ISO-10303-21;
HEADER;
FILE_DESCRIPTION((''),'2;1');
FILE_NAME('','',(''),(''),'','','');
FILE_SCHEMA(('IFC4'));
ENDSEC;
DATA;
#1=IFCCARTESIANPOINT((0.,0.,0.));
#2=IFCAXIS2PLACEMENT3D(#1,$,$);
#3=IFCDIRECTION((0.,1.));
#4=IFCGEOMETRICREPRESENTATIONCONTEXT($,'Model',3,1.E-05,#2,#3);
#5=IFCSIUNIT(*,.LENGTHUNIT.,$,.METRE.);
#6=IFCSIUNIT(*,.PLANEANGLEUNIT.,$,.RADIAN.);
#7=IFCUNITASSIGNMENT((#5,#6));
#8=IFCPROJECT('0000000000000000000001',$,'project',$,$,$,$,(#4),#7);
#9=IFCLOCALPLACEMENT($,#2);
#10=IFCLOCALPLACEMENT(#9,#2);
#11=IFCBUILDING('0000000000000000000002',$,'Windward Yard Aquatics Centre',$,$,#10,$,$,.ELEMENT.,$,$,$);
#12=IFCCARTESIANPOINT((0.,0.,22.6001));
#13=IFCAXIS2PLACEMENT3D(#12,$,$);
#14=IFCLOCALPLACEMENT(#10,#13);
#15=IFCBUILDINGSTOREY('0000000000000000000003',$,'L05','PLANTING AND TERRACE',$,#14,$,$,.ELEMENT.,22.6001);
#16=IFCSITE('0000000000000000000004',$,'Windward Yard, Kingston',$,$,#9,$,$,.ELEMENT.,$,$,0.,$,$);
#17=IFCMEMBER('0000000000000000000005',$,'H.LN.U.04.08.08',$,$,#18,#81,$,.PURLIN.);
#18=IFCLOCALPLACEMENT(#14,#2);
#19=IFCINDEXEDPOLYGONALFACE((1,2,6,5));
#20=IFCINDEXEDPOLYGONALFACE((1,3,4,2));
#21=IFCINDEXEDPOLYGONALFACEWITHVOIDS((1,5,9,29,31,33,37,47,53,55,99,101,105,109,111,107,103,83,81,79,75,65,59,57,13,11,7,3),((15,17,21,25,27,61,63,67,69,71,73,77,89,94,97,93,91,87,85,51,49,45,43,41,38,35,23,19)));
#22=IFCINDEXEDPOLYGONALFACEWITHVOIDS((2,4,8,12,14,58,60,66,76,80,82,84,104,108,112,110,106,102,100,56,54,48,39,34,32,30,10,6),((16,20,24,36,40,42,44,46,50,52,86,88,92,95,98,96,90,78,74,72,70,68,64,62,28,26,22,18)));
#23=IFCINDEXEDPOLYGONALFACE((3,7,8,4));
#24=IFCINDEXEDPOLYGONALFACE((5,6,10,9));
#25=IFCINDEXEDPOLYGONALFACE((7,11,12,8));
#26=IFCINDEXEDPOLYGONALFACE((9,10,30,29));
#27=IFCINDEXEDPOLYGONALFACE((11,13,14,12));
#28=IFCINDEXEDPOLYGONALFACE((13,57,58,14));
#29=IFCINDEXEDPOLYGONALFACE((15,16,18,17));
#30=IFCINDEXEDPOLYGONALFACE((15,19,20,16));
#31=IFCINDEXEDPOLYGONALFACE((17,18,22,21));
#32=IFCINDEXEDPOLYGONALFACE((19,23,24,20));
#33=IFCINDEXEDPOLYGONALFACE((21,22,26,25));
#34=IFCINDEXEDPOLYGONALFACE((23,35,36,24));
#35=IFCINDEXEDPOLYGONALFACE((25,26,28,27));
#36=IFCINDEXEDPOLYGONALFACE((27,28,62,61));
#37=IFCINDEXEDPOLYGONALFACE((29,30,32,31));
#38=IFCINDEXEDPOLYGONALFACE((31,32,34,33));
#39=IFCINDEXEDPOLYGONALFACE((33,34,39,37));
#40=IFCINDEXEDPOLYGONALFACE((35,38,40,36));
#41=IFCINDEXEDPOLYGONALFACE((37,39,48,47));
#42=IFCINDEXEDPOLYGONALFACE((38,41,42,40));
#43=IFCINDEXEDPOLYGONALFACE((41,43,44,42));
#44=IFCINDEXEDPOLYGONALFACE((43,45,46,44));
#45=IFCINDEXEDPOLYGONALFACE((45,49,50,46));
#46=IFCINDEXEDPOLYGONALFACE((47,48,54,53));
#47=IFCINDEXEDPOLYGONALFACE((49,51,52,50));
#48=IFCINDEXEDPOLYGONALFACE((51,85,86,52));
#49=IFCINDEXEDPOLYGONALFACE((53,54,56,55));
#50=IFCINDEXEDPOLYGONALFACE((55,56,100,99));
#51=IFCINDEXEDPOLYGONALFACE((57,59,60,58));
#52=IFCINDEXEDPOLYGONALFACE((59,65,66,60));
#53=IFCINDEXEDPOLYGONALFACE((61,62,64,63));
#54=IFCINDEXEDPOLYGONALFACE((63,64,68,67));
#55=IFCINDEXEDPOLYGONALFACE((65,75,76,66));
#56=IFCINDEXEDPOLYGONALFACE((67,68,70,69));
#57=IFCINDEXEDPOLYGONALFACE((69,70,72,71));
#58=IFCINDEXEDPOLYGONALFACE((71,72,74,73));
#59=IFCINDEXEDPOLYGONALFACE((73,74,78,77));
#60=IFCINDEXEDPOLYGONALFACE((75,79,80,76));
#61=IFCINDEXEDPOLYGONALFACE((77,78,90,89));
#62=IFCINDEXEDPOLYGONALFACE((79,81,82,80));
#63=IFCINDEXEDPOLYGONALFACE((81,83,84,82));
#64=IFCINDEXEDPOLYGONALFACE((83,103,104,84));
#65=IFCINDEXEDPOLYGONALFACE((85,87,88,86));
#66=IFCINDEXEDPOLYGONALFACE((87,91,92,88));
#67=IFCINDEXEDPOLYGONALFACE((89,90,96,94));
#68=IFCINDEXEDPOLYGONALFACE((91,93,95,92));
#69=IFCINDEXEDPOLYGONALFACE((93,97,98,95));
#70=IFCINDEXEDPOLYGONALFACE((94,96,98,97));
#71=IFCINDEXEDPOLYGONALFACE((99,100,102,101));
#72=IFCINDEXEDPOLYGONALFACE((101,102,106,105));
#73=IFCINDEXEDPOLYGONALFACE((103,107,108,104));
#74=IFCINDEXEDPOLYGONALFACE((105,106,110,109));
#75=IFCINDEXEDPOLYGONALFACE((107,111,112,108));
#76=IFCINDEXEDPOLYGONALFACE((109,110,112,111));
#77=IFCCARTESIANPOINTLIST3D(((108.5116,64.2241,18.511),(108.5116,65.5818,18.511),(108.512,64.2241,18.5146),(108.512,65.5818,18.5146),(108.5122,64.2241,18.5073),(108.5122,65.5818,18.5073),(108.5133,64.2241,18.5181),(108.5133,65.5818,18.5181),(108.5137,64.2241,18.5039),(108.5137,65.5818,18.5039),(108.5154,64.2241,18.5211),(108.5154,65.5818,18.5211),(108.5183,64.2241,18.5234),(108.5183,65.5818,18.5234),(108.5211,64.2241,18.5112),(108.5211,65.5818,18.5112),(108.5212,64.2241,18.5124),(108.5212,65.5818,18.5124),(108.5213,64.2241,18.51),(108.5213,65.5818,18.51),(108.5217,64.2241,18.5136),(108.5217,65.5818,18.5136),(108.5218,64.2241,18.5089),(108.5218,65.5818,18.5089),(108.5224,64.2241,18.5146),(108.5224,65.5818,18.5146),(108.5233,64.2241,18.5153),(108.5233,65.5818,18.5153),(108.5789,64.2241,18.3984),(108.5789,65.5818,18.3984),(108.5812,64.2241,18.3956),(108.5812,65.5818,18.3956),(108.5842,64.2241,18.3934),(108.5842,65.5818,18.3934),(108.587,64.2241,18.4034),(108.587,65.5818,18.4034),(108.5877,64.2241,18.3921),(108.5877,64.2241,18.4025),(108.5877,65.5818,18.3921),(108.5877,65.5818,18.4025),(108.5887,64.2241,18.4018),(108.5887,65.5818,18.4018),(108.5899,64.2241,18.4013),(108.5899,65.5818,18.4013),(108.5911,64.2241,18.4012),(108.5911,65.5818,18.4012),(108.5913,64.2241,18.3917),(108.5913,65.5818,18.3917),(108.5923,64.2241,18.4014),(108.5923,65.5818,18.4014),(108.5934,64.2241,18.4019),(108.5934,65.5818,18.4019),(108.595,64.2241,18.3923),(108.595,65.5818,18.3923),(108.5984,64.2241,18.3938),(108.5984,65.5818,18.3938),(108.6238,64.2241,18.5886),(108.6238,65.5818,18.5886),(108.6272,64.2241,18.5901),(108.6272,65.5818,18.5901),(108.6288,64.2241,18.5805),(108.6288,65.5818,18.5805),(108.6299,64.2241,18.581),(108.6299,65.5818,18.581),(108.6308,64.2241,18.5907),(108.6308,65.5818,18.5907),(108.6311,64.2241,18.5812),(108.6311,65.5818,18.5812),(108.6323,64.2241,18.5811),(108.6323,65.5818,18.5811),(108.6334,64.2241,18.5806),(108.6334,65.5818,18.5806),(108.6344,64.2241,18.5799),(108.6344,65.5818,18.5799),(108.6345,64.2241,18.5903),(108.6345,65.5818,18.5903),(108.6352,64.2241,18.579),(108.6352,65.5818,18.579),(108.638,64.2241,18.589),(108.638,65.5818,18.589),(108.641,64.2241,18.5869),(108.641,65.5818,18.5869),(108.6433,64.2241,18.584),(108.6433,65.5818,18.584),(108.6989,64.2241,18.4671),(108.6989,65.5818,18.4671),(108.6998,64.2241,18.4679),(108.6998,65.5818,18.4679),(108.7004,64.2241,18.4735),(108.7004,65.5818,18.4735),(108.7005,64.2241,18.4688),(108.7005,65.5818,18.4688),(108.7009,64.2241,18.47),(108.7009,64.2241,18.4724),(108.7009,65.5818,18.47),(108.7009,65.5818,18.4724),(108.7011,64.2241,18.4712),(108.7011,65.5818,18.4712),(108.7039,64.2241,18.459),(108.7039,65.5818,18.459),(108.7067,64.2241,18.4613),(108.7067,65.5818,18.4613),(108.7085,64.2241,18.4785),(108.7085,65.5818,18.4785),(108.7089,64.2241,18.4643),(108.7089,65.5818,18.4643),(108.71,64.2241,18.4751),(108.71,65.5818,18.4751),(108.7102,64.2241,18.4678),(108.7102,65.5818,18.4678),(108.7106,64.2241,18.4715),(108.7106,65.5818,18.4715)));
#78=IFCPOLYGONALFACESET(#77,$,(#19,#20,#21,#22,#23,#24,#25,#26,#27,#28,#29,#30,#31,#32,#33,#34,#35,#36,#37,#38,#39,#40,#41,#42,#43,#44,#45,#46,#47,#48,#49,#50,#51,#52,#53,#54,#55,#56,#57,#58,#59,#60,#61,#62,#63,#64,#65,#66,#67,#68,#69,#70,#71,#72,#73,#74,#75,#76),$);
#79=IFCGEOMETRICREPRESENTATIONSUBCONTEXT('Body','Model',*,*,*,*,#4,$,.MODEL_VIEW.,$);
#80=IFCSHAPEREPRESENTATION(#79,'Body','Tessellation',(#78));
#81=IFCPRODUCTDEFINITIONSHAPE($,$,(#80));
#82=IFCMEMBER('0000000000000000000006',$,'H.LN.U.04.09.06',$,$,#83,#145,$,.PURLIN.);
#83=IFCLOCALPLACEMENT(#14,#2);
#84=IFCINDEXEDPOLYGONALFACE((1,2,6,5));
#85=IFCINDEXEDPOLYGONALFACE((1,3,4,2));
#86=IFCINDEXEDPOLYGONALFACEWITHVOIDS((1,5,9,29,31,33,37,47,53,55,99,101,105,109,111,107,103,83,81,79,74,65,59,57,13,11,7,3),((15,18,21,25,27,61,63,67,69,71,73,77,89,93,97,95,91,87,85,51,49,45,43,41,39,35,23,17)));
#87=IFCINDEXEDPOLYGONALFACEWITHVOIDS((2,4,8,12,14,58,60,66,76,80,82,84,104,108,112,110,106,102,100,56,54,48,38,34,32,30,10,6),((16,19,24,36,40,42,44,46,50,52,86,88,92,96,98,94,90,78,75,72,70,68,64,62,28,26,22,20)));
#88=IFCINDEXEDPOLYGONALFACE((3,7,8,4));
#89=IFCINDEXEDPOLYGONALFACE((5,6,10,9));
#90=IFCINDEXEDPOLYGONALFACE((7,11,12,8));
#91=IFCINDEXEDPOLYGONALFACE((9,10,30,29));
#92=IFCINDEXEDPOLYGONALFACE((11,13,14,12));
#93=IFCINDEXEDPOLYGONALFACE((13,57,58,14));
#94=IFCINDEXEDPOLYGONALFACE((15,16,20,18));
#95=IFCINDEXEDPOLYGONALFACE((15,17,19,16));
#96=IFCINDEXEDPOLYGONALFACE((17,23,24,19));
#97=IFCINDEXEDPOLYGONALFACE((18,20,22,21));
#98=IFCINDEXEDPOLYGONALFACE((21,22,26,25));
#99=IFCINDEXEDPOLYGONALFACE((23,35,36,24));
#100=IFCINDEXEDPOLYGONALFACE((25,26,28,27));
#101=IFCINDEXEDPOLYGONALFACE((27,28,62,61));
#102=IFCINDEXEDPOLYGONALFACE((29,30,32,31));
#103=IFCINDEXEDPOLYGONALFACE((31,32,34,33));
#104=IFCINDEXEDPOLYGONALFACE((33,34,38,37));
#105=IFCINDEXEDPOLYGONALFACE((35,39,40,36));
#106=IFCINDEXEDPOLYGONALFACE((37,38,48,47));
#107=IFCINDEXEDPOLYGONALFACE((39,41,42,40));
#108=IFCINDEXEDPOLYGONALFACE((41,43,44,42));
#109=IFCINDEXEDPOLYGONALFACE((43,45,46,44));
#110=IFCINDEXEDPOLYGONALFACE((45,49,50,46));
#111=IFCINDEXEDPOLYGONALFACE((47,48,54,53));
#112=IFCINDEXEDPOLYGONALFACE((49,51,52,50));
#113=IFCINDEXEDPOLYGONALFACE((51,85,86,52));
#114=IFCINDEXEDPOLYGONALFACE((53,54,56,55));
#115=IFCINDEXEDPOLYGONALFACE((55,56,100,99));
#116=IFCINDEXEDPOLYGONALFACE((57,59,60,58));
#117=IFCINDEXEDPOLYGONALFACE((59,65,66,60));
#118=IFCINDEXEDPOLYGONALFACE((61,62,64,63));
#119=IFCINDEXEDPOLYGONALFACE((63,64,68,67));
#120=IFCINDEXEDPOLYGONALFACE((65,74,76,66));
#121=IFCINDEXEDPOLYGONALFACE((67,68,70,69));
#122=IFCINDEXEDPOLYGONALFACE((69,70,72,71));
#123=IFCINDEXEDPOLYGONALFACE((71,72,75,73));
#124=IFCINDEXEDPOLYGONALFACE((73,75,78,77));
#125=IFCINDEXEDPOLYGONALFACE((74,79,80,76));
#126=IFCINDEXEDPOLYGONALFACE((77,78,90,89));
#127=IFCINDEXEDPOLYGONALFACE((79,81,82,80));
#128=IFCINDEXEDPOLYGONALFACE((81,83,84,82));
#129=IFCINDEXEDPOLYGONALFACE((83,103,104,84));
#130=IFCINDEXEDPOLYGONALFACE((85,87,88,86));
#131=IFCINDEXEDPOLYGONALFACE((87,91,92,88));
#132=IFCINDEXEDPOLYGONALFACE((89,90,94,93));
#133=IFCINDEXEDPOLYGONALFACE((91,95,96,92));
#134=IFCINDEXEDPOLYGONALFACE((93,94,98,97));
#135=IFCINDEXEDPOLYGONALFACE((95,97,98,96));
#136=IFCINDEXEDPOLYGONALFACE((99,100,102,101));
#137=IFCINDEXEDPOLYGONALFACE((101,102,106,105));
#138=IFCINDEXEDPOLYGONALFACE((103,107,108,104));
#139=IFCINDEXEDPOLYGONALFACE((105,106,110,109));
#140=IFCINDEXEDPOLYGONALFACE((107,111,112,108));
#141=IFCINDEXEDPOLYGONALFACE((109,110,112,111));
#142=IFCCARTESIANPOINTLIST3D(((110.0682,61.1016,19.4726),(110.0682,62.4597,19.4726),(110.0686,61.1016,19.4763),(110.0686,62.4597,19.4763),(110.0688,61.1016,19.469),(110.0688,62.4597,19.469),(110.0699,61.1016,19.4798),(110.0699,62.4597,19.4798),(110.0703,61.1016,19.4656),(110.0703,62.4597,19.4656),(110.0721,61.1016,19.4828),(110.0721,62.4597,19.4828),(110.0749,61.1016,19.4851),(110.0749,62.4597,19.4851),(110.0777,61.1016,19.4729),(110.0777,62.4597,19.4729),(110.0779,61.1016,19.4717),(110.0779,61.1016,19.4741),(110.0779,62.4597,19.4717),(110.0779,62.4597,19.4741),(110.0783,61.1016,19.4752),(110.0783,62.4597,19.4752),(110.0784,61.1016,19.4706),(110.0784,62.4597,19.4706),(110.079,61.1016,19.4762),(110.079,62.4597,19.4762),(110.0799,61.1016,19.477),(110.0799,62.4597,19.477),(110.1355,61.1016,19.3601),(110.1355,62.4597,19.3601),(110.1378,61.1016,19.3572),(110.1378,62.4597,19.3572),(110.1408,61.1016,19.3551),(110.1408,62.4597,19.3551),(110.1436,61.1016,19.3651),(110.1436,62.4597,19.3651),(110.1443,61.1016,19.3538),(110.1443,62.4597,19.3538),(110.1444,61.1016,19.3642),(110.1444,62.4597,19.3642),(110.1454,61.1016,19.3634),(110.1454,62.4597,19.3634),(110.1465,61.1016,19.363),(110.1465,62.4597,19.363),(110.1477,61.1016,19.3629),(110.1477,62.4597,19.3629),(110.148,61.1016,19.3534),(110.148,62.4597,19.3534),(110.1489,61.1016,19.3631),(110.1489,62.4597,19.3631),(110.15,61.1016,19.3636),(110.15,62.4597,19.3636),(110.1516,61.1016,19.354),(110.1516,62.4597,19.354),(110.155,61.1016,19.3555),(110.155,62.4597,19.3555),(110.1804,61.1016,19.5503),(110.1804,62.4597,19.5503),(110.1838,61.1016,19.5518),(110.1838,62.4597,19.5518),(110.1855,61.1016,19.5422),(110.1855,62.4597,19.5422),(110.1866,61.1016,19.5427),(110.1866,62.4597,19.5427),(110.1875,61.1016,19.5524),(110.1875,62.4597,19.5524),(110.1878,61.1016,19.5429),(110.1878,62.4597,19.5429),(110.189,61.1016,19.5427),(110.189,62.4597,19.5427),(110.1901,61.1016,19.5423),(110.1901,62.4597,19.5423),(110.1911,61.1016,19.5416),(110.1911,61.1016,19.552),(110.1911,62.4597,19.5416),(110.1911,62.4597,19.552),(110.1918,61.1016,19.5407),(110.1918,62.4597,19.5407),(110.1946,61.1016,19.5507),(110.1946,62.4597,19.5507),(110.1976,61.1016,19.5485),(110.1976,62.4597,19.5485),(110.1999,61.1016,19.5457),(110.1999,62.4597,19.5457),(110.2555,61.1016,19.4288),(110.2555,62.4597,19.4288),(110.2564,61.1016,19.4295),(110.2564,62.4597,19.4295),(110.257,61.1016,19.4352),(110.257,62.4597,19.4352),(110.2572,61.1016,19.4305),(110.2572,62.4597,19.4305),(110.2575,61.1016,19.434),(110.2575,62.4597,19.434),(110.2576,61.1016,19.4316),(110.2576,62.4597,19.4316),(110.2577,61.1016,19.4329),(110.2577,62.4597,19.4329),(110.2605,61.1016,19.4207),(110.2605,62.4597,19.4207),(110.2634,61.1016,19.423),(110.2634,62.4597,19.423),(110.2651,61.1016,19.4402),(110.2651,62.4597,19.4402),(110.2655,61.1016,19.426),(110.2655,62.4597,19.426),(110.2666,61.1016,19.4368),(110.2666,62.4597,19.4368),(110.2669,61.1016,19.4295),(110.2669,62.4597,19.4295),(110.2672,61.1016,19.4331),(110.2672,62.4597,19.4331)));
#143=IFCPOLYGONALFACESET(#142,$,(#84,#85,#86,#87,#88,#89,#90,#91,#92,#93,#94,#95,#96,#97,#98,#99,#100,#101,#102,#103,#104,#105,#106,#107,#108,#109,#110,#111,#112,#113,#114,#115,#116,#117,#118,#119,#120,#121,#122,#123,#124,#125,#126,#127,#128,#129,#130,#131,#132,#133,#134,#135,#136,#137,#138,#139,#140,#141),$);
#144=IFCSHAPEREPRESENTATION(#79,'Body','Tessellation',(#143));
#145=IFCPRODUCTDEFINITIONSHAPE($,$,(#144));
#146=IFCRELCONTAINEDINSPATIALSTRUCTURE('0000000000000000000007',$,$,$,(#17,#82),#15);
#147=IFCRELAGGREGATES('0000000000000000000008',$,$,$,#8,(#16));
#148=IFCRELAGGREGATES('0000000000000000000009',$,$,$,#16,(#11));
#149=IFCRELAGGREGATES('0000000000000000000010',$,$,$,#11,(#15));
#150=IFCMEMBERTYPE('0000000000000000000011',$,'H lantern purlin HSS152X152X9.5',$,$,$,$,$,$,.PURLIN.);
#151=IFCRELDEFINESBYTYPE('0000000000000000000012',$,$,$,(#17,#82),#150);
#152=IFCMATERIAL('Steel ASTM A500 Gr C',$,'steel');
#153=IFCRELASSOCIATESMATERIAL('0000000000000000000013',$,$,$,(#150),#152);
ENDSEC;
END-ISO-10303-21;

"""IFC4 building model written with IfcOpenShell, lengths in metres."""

from ifc_helpers import new_model, si_unit, direction, frame, origin, origin_2d, place, context, subcontext, project, spatial, hollow_rectangle, extrude, material, material_profile, profile_set, type_object, element, save


model = new_model("IFC4")

# Units and contexts
model_context = context("Model", 3, precision=1e-05, world=origin(), true_north=direction((0.0, 1.0)))
body_context = subcontext(model_context, "Body", "Model", "MODEL_VIEW")
ifc_project = project(units=[si_unit("LENGTHUNIT", "METRE"), si_unit("PLANEANGLEUNIT", "RADIAN")], contexts=[model_context])

# Site, building, storey
site_placement = place(None, origin())
site = spatial("IfcSite", under=ifc_project, at=site_placement, Name="Windward Yard, Kingston", CompositionType="ELEMENT", RefElevation=0.0)
building_placement = place(site_placement, origin())
building = spatial("IfcBuilding", under=site, at=building_placement, Name="Windward Yard Aquatics Centre", CompositionType="ELEMENT")
storey_placement = place(building_placement, frame((0.0, 0.0, 22.6001)))
storey = spatial("IfcBuildingStorey", under=building, at=storey_placement, Name="L05", Description="PLANTING AND TERRACE", CompositionType="ELEMENT", Elevation=22.6001)

# Members
ifc_material_1 = material(Name="Steel ASTM A500 Gr C", Category="steel")
ifc_material_profile = material_profile(ifc_material_1, hollow_rectangle(XDim=0.1523, YDim=0.1523, WallThickness=0.0095, InnerFilletRadius=0.0046, OuterFilletRadius=0.0142, at=origin_2d()), Name="HSS152X152X9.5")
ifc_profile_set = profile_set([ifc_material_profile], Name="Steel ASTM A500 Gr C")
member_type = type_object("IfcMemberType", Name="H lantern purlin HSS152X152X9.5", PredefinedType="PURLIN", material=ifc_profile_set)
member_1_placement = place(storey_placement, frame((108.6111, 64.2241, 18.4912), z_axis=(0.0, 1.0, 0.0), x_axis=(-0.850755, 0.0, -0.525562)))
element("IfcMember", 1, at=member_1_placement, inside=storey, type_object=member_type, Name="H.LN.U.04.08.08", PredefinedType="PURLIN", context=body_context, shape_type="SweptSolid", body=[
    extrude(hollow_rectangle(XDim=0.1523, YDim=0.1523, WallThickness=0.0095, InnerFilletRadius=0.0046, OuterFilletRadius=0.0142, at=origin_2d()), origin(), (0.0, 0.0, 1.0), 1.3577),
])
member_2_placement = place(storey_placement, frame((110.1677, 61.1016, 19.4529), z_axis=(0.0, 1.0, 0.0), x_axis=(-0.850755, 0.0, -0.525562)))
element("IfcMember", 2, at=member_2_placement, inside=storey, type_object=member_type, Name="H.LN.U.04.09.06", PredefinedType="PURLIN", context=body_context, shape_type="SweptSolid", body=[
    extrude(hollow_rectangle(XDim=0.1523, YDim=0.1523, WallThickness=0.0095, InnerFilletRadius=0.0046, OuterFilletRadius=0.0142, at=origin_2d()), origin(), (0.0, 0.0, 1.0), 1.3582),
])

save(model, "model.ifc")
